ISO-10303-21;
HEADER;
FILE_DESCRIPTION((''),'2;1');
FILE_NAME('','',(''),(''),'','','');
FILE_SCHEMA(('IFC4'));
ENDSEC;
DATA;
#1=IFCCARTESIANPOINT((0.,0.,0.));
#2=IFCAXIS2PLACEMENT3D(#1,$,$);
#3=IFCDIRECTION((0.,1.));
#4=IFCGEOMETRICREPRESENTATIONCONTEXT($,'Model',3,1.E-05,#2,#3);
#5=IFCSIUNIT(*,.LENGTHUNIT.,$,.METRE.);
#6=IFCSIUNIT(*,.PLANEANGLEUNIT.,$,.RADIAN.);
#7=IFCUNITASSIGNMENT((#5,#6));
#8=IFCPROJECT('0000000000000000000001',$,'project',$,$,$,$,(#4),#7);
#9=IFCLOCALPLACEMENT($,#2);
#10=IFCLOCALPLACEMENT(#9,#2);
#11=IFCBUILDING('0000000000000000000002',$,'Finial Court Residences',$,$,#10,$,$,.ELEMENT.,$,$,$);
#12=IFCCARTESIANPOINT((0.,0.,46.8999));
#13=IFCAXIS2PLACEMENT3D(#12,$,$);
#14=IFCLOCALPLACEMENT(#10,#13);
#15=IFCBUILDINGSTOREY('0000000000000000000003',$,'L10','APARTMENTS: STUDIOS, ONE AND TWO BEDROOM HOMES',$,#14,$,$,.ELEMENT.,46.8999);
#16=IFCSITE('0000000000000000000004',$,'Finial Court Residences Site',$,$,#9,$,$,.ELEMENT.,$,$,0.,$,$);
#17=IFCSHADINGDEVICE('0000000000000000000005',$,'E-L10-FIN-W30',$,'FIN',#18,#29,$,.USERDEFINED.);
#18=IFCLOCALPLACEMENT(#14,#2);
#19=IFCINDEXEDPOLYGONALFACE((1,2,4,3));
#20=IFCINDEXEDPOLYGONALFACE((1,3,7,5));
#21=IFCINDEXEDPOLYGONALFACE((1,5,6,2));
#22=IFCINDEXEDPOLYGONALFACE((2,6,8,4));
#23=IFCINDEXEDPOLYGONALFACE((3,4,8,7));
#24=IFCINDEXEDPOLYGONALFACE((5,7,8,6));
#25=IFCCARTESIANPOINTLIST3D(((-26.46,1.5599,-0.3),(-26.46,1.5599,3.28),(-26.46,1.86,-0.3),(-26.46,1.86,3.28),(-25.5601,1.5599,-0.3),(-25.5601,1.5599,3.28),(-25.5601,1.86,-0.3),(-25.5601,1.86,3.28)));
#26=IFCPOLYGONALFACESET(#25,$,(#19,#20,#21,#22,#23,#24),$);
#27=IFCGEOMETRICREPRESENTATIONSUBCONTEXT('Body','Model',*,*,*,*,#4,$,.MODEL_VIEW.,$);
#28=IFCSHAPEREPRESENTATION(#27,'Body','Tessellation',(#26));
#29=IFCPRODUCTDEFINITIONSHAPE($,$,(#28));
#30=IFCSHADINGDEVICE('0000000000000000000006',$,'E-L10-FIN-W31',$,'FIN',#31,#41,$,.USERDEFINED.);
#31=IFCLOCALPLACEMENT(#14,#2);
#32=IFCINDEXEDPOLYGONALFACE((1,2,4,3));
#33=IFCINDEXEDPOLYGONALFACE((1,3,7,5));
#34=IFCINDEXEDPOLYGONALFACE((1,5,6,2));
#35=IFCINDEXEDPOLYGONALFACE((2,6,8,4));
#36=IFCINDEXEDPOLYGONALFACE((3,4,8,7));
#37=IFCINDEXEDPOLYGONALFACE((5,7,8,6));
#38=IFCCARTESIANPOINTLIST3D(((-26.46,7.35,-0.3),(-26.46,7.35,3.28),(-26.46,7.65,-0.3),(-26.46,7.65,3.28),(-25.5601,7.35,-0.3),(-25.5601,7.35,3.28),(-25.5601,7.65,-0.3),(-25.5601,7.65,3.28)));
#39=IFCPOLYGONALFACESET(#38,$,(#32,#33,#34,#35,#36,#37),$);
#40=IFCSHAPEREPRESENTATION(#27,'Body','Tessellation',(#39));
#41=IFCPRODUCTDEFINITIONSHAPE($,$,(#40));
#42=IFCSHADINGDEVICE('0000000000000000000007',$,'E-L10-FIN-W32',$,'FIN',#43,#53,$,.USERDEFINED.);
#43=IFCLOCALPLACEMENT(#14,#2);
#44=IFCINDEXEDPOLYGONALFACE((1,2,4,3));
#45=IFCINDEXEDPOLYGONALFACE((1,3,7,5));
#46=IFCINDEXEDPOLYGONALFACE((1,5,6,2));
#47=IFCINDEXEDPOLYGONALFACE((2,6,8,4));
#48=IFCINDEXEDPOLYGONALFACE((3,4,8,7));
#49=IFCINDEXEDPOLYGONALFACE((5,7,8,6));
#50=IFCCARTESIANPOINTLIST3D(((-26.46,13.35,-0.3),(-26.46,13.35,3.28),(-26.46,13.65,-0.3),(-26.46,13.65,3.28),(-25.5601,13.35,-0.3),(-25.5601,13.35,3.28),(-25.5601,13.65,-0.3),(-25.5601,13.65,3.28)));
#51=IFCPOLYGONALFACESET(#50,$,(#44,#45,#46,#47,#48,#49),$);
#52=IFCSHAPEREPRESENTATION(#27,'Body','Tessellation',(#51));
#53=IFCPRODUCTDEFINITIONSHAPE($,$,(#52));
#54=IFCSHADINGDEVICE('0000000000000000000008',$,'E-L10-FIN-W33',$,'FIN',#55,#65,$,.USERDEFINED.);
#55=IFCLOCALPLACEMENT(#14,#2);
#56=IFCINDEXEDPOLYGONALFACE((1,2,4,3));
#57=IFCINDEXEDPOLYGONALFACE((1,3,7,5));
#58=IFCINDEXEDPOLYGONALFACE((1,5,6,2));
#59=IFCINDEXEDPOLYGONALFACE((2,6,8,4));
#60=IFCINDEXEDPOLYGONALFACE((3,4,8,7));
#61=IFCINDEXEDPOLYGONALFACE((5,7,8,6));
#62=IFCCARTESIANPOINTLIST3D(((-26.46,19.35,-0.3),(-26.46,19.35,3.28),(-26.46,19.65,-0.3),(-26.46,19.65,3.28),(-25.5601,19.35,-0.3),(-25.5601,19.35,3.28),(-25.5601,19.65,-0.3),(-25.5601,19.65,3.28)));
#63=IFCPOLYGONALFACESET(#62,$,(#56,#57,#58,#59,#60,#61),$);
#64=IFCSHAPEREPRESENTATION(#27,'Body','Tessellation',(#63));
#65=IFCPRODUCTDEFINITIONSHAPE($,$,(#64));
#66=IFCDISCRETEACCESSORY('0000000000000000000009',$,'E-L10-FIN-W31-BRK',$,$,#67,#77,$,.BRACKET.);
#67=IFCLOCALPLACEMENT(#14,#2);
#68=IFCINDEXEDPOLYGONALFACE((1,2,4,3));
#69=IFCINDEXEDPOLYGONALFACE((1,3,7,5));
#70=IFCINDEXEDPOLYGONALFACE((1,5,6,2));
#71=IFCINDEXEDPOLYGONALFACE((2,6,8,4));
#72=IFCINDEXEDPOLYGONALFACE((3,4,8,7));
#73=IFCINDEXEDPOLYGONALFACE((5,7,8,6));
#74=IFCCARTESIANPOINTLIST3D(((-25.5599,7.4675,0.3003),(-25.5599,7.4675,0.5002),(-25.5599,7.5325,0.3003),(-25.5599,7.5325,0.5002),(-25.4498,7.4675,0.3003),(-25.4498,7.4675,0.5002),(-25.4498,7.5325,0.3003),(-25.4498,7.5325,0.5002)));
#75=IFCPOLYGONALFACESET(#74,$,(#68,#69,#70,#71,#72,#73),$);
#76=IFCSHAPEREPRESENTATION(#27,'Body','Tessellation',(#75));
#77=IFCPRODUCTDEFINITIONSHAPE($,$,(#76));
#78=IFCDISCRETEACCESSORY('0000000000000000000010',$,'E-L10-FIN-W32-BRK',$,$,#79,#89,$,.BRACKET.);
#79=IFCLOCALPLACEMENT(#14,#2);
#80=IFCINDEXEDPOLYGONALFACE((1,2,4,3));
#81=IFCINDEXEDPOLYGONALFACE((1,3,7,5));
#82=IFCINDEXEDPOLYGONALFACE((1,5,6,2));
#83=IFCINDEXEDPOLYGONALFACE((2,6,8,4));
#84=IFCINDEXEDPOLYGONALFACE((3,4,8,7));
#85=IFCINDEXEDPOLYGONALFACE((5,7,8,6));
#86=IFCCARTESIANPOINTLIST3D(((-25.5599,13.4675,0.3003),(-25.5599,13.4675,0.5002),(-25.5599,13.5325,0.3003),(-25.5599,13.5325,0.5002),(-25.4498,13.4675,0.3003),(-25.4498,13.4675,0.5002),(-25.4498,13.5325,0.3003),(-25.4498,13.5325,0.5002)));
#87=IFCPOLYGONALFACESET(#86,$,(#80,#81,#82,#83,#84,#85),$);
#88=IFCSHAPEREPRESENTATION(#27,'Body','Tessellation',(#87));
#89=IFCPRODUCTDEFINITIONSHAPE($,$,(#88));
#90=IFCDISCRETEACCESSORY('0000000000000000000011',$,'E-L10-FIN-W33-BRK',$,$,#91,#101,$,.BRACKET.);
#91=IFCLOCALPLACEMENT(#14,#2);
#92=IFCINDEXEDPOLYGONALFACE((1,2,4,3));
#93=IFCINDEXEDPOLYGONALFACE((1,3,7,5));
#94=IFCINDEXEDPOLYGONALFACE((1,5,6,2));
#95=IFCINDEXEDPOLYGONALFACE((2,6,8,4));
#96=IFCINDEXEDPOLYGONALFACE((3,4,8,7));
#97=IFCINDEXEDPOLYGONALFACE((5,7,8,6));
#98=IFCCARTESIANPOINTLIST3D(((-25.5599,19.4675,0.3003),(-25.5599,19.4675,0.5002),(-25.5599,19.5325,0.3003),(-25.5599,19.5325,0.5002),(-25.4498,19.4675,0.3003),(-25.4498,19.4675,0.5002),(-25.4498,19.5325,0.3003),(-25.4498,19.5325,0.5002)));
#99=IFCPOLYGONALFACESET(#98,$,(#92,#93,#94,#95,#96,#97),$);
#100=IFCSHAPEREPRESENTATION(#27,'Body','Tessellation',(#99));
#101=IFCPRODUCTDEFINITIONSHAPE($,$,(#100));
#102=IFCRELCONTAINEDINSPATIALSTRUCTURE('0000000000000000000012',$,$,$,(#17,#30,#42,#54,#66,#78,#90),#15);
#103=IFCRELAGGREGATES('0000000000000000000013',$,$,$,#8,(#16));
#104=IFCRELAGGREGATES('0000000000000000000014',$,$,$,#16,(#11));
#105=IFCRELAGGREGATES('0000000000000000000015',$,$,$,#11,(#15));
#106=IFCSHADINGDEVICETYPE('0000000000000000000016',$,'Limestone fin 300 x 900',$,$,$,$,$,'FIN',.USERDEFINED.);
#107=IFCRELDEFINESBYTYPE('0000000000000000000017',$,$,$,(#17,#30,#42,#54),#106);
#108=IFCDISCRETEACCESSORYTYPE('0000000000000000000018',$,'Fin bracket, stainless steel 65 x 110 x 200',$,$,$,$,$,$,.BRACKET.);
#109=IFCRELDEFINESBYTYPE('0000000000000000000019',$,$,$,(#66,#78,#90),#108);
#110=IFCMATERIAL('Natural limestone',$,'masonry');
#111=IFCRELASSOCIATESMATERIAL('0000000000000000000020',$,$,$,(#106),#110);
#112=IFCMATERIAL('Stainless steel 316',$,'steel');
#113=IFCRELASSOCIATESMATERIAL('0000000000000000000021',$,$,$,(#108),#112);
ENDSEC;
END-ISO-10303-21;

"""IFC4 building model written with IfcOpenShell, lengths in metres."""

from ifc_helpers import new_model, si_unit, direction, frame, origin, origin_2d, place, context, subcontext, project, spatial, rectangle, extrude, material, type_object, element, save


model = new_model("IFC4")

# Units and contexts
model_context = context("Model", 3, precision=1e-05, world=origin(), true_north=direction((0.0, 1.0)))
body_context = subcontext(model_context, "Body", "Model", "MODEL_VIEW")
ifc_project = project(units=[si_unit("LENGTHUNIT", "METRE"), si_unit("PLANEANGLEUNIT", "RADIAN")], contexts=[model_context])

# Site, building, storey
site_placement = place(None, origin())
site = spatial("IfcSite", under=ifc_project, at=site_placement, Name="Finial Court Residences Site", CompositionType="ELEMENT", RefElevation=0.0)
building_placement = place(site_placement, origin())
building = spatial("IfcBuilding", under=site, at=building_placement, Name="Finial Court Residences", CompositionType="ELEMENT")
storey_placement = place(building_placement, frame((0.0, 0.0, 46.8999)))
storey = spatial("IfcBuildingStorey", under=building, at=storey_placement, Name="L10", Description="APARTMENTS: STUDIOS, ONE AND TWO BEDROOM HOMES", CompositionType="ELEMENT", Elevation=46.8999)

# Shading devices
ifc_material_1 = material(Name="Natural limestone", Category="masonry")
shading_device_type = type_object("IfcShadingDeviceType", Name="Limestone fin 300 x 900", ElementType="FIN", PredefinedType="USERDEFINED", material=ifc_material_1)
for number, where, z_axis, x_axis, name in (
    (1, (-26.01, 1.71, -0.3), (0.0, 0.0, 1.0), (1.0, 0.0, 0.0), "E-L10-FIN-W30"),
    (2, (-26.01, 7.5, -0.3), (0.0, 0.0, 1.0), (1.0, 0.0, 0.0), "E-L10-FIN-W31"),
    (3, (-26.01, 13.5, -0.3), (0.0, 0.0, 1.0), (1.0, 0.0, 0.0), "E-L10-FIN-W32"),
    (4, (-26.01, 19.5, -0.3), (0.0, 0.0, 1.0), (1.0, 0.0, 0.0), "E-L10-FIN-W33"),
):
    element("IfcShadingDevice", number, at=place(storey_placement, frame(where, z_axis=z_axis, x_axis=x_axis)), inside=storey, type_object=shading_device_type, Name=name, ObjectType="FIN", PredefinedType="USERDEFINED", context=body_context, shape_type="SweptSolid", body=[
        extrude(rectangle(XDim=0.8999, YDim=0.3, at=origin_2d()), origin(), (0.0, 0.0, 1.0), 3.5801),
    ])

# Discrete accessories
ifc_material_2 = material(Name="Stainless steel 316", Category="steel")
discrete_accessory_type = type_object("IfcDiscreteAccessoryType", Name="Fin bracket, stainless steel 65 x 110 x 200", PredefinedType="BRACKET", material=ifc_material_2)
for number, where, z_axis, x_axis, name in (
    (5, (-25.5049, 7.5, 0.3003), (0.0, 0.0, 1.0), (1.0, 0.0, 0.0), "E-L10-FIN-W31-BRK"),
    (6, (-25.5049, 13.5, 0.3003), (0.0, 0.0, 1.0), (1.0, 0.0, 0.0), "E-L10-FIN-W32-BRK"),
    (7, (-25.5049, 19.5, 0.3003), (0.0, 0.0, 1.0), (1.0, 0.0, 0.0), "E-L10-FIN-W33-BRK"),
):
    element("IfcDiscreteAccessory", number, at=place(storey_placement, frame(where, z_axis=z_axis, x_axis=x_axis)), inside=storey, type_object=discrete_accessory_type, Name=name, PredefinedType="BRACKET", context=body_context, shape_type="SweptSolid", body=[
        extrude(rectangle(XDim=0.1101, YDim=0.0649, at=origin_2d()), origin(), (0.0, 0.0, 1.0), 0.2),
    ])

save(model, "model.ifc")
